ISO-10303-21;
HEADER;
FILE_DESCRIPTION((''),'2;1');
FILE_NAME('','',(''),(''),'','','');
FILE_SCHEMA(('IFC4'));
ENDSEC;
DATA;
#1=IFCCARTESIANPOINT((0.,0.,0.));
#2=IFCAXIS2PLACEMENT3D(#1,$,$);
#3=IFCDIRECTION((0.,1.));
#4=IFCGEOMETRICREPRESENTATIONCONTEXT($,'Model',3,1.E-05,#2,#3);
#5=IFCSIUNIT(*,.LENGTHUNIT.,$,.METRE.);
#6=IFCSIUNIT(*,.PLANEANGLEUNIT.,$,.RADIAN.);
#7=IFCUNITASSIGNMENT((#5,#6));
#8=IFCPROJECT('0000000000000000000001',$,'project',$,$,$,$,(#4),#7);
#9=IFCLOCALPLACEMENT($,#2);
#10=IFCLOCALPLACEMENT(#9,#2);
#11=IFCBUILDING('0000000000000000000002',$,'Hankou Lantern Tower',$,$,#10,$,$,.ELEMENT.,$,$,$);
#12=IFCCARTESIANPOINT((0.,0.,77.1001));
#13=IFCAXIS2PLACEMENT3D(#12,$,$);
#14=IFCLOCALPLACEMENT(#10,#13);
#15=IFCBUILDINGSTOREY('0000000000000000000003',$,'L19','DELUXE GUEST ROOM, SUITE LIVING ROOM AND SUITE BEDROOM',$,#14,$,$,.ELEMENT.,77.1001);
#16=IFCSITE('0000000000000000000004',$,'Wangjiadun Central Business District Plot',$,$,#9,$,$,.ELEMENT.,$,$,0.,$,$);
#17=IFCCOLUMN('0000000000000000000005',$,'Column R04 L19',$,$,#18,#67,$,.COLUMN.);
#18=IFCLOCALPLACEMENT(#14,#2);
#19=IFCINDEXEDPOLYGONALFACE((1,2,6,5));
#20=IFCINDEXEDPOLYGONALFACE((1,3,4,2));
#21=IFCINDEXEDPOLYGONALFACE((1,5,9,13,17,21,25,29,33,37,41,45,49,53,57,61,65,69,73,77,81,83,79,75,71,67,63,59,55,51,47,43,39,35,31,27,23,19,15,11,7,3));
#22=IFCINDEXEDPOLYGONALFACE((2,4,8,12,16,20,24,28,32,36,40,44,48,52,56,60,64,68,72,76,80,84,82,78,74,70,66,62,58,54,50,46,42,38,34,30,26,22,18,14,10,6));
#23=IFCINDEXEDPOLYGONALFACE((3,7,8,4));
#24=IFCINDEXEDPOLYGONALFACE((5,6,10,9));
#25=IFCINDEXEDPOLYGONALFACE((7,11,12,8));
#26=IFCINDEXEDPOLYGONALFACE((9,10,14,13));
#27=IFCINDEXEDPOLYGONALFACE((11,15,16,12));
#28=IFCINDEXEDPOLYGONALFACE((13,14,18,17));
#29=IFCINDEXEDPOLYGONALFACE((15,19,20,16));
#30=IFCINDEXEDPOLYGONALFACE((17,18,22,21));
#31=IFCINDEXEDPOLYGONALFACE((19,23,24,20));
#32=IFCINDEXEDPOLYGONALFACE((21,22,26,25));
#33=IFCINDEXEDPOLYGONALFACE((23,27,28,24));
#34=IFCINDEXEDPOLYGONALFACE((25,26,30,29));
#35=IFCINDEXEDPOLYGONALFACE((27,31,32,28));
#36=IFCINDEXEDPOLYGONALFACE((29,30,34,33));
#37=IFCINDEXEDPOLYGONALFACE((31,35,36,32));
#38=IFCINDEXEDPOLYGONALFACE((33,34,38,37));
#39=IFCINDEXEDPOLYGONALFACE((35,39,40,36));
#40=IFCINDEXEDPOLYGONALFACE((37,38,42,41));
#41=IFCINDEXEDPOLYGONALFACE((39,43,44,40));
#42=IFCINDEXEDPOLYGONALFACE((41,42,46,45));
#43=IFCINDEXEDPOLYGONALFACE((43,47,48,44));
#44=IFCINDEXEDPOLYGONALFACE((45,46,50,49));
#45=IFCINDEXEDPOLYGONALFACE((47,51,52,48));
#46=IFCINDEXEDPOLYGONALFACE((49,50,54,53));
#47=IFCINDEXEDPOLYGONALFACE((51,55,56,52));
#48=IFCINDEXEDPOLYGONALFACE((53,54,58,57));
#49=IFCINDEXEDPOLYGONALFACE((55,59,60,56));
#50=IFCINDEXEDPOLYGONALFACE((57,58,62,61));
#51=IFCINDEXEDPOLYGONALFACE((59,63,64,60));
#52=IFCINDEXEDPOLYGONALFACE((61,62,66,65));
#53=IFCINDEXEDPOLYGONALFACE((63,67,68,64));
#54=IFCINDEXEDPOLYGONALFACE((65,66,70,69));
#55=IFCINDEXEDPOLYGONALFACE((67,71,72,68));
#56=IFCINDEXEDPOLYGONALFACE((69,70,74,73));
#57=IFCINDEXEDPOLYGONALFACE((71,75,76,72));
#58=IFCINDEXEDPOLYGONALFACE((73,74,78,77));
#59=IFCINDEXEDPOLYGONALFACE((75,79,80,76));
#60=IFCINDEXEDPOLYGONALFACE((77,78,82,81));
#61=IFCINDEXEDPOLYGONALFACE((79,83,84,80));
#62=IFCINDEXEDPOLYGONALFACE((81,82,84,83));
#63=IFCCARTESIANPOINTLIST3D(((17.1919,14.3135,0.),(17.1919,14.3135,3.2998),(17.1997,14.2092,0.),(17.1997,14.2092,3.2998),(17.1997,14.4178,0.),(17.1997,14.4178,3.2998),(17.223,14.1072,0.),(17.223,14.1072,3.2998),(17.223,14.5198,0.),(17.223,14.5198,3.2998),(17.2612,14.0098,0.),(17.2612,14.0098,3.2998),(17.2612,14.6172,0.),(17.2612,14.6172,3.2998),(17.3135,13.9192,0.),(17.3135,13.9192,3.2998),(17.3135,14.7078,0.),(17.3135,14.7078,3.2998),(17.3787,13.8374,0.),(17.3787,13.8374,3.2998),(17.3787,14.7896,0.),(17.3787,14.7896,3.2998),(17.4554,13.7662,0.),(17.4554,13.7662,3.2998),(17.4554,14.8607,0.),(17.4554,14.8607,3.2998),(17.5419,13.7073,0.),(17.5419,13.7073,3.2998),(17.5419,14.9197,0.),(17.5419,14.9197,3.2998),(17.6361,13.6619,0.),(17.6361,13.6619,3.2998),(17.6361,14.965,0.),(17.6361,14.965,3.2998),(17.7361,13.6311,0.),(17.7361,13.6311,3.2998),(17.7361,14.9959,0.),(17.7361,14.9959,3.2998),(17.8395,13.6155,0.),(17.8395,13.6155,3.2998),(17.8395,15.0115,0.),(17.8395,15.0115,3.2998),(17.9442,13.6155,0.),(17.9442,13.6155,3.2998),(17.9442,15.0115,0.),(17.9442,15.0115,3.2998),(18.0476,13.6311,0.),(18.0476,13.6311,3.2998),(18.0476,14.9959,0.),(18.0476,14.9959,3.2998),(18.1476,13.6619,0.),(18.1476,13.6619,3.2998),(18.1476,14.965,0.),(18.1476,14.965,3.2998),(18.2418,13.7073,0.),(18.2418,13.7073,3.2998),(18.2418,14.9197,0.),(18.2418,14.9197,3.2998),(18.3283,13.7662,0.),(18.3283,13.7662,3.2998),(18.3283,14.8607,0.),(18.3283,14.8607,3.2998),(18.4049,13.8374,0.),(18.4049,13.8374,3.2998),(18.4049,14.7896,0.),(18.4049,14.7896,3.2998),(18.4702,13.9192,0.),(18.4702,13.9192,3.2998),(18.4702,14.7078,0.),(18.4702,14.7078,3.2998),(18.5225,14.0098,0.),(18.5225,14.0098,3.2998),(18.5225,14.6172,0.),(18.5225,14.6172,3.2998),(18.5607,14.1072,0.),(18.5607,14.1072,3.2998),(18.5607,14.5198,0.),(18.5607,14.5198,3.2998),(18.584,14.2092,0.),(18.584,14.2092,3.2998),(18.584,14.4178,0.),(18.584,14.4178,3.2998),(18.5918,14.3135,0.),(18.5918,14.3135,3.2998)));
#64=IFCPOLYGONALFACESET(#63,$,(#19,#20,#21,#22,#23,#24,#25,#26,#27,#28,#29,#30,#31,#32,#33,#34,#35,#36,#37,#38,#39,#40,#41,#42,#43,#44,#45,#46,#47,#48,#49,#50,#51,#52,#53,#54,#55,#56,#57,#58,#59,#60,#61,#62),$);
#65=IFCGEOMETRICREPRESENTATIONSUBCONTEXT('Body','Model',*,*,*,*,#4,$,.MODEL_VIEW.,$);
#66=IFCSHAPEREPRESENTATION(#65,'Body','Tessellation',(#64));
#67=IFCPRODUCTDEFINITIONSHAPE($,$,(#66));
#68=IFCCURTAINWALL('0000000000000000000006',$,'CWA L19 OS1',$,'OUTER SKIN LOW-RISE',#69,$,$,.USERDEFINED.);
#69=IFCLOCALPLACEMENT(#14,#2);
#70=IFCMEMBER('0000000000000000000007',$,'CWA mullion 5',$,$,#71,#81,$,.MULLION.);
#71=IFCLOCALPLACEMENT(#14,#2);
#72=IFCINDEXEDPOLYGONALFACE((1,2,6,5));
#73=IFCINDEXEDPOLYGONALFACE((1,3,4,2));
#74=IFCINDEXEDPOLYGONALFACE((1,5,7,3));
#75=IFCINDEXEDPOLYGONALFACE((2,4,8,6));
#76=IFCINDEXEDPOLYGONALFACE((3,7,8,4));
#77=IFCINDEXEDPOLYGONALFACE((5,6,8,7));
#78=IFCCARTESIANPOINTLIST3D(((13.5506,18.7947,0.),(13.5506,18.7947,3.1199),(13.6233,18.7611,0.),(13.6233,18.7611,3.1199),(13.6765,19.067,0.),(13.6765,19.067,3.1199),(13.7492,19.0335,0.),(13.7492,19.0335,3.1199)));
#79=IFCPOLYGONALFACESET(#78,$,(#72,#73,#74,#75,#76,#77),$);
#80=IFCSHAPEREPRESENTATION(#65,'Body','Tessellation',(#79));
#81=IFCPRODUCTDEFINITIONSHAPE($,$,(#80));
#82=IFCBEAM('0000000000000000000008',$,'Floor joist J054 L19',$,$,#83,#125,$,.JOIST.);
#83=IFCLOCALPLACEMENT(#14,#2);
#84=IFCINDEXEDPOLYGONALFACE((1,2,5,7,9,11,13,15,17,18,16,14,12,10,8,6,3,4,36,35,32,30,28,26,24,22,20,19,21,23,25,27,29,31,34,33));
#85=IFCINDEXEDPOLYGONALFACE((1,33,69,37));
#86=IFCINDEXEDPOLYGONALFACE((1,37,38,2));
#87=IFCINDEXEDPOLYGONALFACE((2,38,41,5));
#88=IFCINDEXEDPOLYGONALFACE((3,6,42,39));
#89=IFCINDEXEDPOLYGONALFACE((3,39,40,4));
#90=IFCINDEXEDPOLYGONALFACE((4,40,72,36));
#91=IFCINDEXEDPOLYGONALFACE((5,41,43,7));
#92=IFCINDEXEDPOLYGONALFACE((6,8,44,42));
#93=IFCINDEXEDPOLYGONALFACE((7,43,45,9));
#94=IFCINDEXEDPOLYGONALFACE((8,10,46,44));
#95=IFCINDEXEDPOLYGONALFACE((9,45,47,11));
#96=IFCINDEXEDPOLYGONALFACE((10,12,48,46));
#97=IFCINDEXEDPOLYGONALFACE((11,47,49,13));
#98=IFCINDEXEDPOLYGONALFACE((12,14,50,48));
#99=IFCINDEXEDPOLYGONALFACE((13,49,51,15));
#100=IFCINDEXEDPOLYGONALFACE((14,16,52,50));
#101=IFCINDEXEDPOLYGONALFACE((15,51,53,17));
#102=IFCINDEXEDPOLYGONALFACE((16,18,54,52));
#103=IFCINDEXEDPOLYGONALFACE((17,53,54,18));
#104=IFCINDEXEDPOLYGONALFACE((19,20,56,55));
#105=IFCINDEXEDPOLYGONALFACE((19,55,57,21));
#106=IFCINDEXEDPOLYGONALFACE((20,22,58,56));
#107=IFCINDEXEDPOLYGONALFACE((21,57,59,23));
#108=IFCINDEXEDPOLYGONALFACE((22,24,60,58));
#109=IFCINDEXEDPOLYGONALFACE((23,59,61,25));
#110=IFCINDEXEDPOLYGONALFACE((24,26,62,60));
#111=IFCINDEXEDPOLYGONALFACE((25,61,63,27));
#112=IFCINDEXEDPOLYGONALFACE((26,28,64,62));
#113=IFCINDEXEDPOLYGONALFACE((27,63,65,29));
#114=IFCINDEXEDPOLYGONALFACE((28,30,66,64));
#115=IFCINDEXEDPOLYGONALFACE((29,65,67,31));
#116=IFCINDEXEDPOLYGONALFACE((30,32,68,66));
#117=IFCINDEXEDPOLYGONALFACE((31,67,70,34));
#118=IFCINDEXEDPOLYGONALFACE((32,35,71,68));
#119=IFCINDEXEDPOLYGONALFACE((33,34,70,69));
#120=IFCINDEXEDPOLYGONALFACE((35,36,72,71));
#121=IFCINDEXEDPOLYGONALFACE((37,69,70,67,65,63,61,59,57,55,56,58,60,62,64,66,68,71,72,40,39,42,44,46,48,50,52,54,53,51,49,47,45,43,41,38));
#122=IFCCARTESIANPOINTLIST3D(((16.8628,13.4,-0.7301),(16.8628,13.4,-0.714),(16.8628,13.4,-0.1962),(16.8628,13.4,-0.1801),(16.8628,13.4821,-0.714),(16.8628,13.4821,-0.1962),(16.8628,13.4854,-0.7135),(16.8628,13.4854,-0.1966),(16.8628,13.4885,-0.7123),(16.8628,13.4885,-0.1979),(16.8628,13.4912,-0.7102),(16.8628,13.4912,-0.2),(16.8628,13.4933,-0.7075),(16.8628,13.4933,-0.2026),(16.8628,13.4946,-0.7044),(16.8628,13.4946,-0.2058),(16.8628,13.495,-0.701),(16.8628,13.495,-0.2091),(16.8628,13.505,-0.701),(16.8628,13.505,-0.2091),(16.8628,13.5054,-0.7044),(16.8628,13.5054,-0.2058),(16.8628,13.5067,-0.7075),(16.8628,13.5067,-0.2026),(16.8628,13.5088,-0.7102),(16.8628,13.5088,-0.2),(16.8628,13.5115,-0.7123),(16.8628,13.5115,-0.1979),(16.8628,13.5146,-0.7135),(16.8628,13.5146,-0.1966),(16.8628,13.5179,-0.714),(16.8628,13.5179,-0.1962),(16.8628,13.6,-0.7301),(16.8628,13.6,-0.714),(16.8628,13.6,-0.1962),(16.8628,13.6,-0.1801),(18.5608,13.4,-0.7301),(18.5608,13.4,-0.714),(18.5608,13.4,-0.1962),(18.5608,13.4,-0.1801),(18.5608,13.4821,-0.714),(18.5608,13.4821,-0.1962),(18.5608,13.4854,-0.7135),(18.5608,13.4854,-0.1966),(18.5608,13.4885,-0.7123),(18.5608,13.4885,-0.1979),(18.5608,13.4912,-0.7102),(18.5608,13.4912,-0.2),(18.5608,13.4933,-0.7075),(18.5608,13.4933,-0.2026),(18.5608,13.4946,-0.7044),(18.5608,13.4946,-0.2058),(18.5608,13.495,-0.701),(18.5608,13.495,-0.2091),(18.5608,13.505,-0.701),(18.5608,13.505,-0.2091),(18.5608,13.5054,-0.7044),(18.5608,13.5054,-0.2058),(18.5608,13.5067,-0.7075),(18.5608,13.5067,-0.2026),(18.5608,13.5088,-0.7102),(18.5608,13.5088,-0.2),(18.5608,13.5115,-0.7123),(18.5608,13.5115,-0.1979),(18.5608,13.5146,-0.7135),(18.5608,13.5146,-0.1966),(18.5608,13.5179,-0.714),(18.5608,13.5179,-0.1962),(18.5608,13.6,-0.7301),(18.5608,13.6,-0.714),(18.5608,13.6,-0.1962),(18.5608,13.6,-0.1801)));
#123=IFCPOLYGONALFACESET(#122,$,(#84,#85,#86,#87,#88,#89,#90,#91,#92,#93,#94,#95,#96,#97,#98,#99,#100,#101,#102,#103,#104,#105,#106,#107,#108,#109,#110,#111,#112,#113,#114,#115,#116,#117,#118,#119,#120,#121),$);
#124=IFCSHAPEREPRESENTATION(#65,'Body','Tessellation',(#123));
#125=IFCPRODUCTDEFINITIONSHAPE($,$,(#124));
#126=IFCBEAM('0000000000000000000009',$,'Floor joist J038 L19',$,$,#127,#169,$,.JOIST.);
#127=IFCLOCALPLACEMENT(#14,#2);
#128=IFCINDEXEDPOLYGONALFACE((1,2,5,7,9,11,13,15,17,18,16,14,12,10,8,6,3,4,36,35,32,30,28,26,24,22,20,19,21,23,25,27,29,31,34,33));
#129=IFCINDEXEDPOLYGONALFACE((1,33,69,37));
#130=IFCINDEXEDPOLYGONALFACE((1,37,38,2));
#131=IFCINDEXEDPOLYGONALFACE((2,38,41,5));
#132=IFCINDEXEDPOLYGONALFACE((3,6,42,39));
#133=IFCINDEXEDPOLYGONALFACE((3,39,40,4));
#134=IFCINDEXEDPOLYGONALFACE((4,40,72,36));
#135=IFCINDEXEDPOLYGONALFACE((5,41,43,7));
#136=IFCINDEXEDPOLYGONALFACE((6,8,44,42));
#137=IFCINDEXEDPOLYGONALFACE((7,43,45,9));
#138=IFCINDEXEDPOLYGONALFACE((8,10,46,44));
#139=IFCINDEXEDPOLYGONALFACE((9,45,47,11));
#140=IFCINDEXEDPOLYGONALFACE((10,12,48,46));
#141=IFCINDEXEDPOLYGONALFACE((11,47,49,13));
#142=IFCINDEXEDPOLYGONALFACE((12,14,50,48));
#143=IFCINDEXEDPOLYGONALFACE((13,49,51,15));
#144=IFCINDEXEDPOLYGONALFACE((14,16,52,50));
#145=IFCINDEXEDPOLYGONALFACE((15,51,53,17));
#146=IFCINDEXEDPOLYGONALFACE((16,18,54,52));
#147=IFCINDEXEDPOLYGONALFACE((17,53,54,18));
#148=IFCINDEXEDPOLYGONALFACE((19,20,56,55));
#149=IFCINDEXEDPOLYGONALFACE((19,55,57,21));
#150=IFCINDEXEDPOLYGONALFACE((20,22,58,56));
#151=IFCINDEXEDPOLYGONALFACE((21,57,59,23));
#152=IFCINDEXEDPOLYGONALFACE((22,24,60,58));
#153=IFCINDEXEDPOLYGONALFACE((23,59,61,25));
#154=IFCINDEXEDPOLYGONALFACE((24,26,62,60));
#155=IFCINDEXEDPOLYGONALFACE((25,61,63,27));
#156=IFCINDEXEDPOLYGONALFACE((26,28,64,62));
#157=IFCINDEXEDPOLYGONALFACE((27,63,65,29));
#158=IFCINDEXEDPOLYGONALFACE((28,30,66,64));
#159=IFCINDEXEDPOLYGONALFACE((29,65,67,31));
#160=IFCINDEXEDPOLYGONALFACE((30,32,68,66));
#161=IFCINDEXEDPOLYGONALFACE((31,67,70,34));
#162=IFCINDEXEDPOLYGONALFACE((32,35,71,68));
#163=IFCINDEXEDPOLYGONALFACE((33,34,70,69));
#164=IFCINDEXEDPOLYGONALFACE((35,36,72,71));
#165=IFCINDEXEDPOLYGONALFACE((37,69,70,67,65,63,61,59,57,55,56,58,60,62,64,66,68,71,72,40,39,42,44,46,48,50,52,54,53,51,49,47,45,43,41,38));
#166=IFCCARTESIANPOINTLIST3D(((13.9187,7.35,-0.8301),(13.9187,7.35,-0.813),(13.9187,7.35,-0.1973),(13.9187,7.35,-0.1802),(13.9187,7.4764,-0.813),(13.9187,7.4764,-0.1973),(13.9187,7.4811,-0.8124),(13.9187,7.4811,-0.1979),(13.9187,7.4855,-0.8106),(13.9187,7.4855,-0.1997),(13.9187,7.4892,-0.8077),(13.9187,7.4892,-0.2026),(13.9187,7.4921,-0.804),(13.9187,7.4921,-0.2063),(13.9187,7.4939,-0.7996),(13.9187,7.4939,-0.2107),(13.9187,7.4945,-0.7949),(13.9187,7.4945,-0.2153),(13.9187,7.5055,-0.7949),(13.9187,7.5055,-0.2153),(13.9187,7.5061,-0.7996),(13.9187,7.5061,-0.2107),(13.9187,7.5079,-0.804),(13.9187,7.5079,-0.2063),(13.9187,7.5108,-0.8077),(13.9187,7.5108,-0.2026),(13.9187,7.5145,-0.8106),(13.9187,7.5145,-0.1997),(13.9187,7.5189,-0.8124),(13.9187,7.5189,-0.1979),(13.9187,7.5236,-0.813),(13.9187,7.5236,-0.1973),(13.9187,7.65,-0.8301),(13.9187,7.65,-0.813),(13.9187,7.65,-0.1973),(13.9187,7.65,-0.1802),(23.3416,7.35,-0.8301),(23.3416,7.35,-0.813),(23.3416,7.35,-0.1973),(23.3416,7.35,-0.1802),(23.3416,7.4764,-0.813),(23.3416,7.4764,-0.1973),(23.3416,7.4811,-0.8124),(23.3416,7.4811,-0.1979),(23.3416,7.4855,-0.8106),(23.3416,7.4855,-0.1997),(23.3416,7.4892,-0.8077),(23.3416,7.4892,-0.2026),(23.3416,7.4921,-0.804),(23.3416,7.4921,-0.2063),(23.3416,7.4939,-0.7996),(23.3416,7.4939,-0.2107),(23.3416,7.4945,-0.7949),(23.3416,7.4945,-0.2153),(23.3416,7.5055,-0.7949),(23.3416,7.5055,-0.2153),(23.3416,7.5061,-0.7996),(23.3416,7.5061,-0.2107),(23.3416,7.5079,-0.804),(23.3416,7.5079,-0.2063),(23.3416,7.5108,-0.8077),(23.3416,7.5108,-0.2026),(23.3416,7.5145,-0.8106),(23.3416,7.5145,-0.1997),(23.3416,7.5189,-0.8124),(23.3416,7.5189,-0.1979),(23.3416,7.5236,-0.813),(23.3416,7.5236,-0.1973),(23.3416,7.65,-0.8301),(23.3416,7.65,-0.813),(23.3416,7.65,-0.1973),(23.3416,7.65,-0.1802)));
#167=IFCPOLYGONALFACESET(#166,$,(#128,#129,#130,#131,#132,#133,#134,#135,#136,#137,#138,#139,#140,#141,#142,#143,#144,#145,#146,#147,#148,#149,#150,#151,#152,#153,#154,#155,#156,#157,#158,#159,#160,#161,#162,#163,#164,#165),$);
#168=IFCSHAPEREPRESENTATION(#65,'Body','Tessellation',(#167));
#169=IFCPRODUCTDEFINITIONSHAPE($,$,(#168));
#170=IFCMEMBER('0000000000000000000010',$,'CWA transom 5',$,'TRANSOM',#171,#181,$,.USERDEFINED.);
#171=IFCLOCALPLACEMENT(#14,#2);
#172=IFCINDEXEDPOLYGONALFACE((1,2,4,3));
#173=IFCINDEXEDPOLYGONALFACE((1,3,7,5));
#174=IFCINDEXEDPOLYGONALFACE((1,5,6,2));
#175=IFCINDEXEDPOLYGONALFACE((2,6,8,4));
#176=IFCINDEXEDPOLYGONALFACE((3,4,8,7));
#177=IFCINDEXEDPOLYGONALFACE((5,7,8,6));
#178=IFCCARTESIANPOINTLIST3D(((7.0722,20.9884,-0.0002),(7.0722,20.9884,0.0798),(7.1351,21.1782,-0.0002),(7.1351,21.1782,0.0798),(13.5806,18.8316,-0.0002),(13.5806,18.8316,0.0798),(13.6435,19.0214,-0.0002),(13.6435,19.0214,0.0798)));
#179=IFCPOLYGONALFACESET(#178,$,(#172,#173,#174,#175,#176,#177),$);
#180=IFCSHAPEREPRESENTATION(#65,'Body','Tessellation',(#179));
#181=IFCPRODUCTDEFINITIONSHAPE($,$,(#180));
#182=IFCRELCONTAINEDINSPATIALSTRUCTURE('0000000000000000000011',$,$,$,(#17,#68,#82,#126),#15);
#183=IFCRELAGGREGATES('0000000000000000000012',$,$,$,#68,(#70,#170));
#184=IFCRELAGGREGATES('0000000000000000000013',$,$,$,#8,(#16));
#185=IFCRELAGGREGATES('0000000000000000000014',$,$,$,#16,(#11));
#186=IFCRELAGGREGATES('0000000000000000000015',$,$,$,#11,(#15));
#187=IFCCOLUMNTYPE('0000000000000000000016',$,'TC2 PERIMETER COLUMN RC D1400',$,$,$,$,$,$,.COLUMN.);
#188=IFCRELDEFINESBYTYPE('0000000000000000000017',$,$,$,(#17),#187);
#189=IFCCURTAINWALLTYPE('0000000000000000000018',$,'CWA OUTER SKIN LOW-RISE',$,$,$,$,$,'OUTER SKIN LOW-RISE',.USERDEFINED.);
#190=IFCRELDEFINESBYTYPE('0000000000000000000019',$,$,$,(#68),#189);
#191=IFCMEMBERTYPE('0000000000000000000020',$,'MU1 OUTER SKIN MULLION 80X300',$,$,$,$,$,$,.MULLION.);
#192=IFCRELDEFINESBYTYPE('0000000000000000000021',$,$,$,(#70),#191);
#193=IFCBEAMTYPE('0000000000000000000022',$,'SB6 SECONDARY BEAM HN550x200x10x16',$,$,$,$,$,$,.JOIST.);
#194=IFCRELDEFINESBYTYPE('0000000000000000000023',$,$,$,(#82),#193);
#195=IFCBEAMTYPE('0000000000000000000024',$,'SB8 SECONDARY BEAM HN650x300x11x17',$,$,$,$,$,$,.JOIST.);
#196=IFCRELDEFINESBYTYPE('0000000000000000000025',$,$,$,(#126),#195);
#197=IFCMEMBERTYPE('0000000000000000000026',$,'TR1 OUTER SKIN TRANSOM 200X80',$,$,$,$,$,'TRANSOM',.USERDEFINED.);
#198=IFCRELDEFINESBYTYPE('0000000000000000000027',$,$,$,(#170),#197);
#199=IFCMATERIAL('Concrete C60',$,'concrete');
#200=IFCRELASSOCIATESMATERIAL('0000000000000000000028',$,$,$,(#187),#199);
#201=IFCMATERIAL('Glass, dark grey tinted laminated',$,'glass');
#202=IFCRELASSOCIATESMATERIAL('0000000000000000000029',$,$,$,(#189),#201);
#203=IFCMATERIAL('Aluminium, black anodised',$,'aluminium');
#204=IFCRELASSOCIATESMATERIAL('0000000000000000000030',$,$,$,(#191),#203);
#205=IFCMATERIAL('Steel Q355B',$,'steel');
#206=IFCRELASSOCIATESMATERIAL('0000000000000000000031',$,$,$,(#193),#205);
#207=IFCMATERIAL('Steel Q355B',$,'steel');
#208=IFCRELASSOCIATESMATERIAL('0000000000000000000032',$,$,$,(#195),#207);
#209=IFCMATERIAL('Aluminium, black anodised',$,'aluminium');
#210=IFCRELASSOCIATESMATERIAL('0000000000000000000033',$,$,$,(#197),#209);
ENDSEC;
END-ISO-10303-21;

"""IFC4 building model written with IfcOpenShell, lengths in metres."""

from ifc_helpers import new_model, si_unit, direction, frame, origin, origin_2d, place, context, subcontext, project, spatial, rectangle, circle, i_section, extrude, material, material_profile, profile_set, type_object, element, aggregate, save


model = new_model("IFC4")

# Units and contexts
model_context = context("Model", 3, precision=1e-05, world=origin(), true_north=direction((0.0, 1.0)))
body_context = subcontext(model_context, "Body", "Model", "MODEL_VIEW")
ifc_project = project(units=[si_unit("LENGTHUNIT", "METRE"), si_unit("PLANEANGLEUNIT", "RADIAN")], contexts=[model_context])

# Site, building, storey
site_placement = place(None, origin())
site = spatial("IfcSite", under=ifc_project, at=site_placement, Name="Wangjiadun Central Business District Plot", CompositionType="ELEMENT", RefElevation=0.0)
building_placement = place(site_placement, origin())
building = spatial("IfcBuilding", under=site, at=building_placement, Name="Hankou Lantern Tower", CompositionType="ELEMENT")
storey_placement = place(building_placement, frame((0.0, 0.0, 77.1001)))
storey = spatial("IfcBuildingStorey", under=building, at=storey_placement, Name="L19", Description="DELUXE GUEST ROOM, SUITE LIVING ROOM AND SUITE BEDROOM", CompositionType="ELEMENT", Elevation=77.1001)

# Column
ifc_material_1 = material(Name="Concrete C60", Category="concrete")
ifc_material_profile_1 = material_profile(ifc_material_1, circle(Radius=0.7, at=origin_2d()), Name="RC D1400")
ifc_profile_set_1 = profile_set([ifc_material_profile_1], Name="Concrete C60")
column_type = type_object("IfcColumnType", Name="TC2 PERIMETER COLUMN RC D1400", PredefinedType="COLUMN", material=ifc_profile_set_1)
column_placement = place(storey_placement, frame((17.8918, 14.3135, 0.0), z_axis=(0.0, 0.0, 1.0), x_axis=(1.0, 0.0, 0.0)))
element("IfcColumn", 1, at=column_placement, inside=storey, type_object=column_type, Name="Column R04 L19", PredefinedType="COLUMN", context=body_context, shape_type="SweptSolid", body=[
    extrude(circle(Radius=0.7, at=origin_2d()), origin(), (0.0, 0.0, 1.0), 3.2998),
])

# Curtain wall, member
ifc_material_2 = material(Name="Glass, dark grey tinted laminated", Category="glass")
curtain_wall_type = type_object("IfcCurtainWallType", Name="CWA OUTER SKIN LOW-RISE", ElementType="OUTER SKIN LOW-RISE", PredefinedType="USERDEFINED", material=ifc_material_2)
curtain_wall_placement = place(storey_placement, origin())
curtain_wall = element("IfcCurtainWall", 2, at=curtain_wall_placement, inside=storey, type_object=curtain_wall_type, Name="CWA L19 OS1", ObjectType="OUTER SKIN LOW-RISE", PredefinedType="USERDEFINED")
ifc_material_3 = material(Name="Aluminium, black anodised", Category="aluminium")
ifc_material_profile_2 = material_profile(ifc_material_3, rectangle(XDim=0.0801, YDim=0.3, at=origin_2d()), Name="MU1 80X300")
ifc_profile_set_2 = profile_set([ifc_material_profile_2], Name="Aluminium, black anodised")
member_type_1 = type_object("IfcMemberType", Name="MU1 OUTER SKIN MULLION 80X300", PredefinedType="MULLION", material=ifc_profile_set_2)
member_1_placement = place(storey_placement, frame((13.6499, 18.9141, 0.0), z_axis=(0.0, 0.0, 1.0), x_axis=(-0.907841, 0.419314, 0.0)))
member_1 = element("IfcMember", 3, at=member_1_placement, type_object=member_type_1, Name="CWA mullion 5", PredefinedType="MULLION", context=body_context, shape_type="SweptSolid", body=[
    extrude(rectangle(XDim=0.0801, YDim=0.3, at=origin_2d()), origin(), (0.0, 0.0, 1.0), 3.1199),
])

# Beams
ifc_material_4 = material(Name="Steel Q355B", Category="steel")
ifc_material_profile_3 = material_profile(ifc_material_4, i_section(OverallWidth=0.2, OverallDepth=0.55, WebThickness=0.01, FlangeThickness=0.0161, FilletRadius=0.0129, at=origin_2d()), Name="HN550x200x10x16")
ifc_profile_set_3 = profile_set([ifc_material_profile_3], Name="Steel Q355B")
beam_type_1 = type_object("IfcBeamType", Name="SB6 SECONDARY BEAM HN550x200x10x16", PredefinedType="JOIST", material=ifc_profile_set_3)
beam_1_placement = place(storey_placement, frame((16.8628, 13.5, -0.4551), z_axis=(1.0, 0.0, 0.0), x_axis=(0.0, 1.0, 0.0)))
element("IfcBeam", 4, at=beam_1_placement, inside=storey, type_object=beam_type_1, Name="Floor joist J054 L19", PredefinedType="JOIST", context=body_context, shape_type="SweptSolid", body=[
    extrude(i_section(OverallWidth=0.2, OverallDepth=0.55, WebThickness=0.01, FlangeThickness=0.0161, FilletRadius=0.0129, at=origin_2d()), origin(), (0.0, 0.0, 1.0), 1.698),
])
ifc_material_5 = material(Name="Steel Q355B", Category="steel")
ifc_material_profile_4 = material_profile(ifc_material_5, i_section(OverallWidth=0.3, OverallDepth=0.6499, WebThickness=0.011, FlangeThickness=0.0171, FilletRadius=0.0181, at=origin_2d()), Name="HN650x300x11x17")
ifc_profile_set_4 = profile_set([ifc_material_profile_4], Name="Steel Q355B")
beam_type_2 = type_object("IfcBeamType", Name="SB8 SECONDARY BEAM HN650x300x11x17", PredefinedType="JOIST", material=ifc_profile_set_4)
beam_2_placement = place(storey_placement, frame((13.9187, 7.5, -0.5051), z_axis=(1.0, 0.0, 0.0), x_axis=(0.0, 1.0, 0.0)))
element("IfcBeam", 5, at=beam_2_placement, inside=storey, type_object=beam_type_2, Name="Floor joist J038 L19", PredefinedType="JOIST", context=body_context, shape_type="SweptSolid", body=[
    extrude(i_section(OverallWidth=0.3, OverallDepth=0.6499, WebThickness=0.011, FlangeThickness=0.0171, FilletRadius=0.0181, at=origin_2d()), origin(), (0.0, 0.0, 1.0), 9.4229),
])

# Member
ifc_material_6 = material(Name="Aluminium, black anodised", Category="aluminium")
ifc_material_profile_5 = material_profile(ifc_material_6, rectangle(XDim=0.2, YDim=0.0801, at=origin_2d()), Name="TR1 200X80")
ifc_profile_set_5 = profile_set([ifc_material_profile_5], Name="Aluminium, black anodised")
member_type_2 = type_object("IfcMemberType", Name="TR1 OUTER SKIN TRANSOM 200X80", ElementType="TRANSOM", PredefinedType="USERDEFINED", material=ifc_profile_set_5)
member_2_placement = place(storey_placement, frame((13.6121, 18.9265, 0.0398), z_axis=(-0.949237, 0.314561, 0.0), x_axis=(-0.314561, -0.949237, 0.0)))
member_2 = element("IfcMember", 6, at=member_2_placement, type_object=member_type_2, Name="CWA transom 5", ObjectType="TRANSOM", PredefinedType="USERDEFINED", context=body_context, shape_type="SweptSolid", body=[
    extrude(rectangle(XDim=0.2, YDim=0.0801, at=origin_2d()), origin(), (0.0, 0.0, 1.0), 6.8564),
])

aggregate(curtain_wall, [member_1, member_2])

save(model, "model.ifc")
